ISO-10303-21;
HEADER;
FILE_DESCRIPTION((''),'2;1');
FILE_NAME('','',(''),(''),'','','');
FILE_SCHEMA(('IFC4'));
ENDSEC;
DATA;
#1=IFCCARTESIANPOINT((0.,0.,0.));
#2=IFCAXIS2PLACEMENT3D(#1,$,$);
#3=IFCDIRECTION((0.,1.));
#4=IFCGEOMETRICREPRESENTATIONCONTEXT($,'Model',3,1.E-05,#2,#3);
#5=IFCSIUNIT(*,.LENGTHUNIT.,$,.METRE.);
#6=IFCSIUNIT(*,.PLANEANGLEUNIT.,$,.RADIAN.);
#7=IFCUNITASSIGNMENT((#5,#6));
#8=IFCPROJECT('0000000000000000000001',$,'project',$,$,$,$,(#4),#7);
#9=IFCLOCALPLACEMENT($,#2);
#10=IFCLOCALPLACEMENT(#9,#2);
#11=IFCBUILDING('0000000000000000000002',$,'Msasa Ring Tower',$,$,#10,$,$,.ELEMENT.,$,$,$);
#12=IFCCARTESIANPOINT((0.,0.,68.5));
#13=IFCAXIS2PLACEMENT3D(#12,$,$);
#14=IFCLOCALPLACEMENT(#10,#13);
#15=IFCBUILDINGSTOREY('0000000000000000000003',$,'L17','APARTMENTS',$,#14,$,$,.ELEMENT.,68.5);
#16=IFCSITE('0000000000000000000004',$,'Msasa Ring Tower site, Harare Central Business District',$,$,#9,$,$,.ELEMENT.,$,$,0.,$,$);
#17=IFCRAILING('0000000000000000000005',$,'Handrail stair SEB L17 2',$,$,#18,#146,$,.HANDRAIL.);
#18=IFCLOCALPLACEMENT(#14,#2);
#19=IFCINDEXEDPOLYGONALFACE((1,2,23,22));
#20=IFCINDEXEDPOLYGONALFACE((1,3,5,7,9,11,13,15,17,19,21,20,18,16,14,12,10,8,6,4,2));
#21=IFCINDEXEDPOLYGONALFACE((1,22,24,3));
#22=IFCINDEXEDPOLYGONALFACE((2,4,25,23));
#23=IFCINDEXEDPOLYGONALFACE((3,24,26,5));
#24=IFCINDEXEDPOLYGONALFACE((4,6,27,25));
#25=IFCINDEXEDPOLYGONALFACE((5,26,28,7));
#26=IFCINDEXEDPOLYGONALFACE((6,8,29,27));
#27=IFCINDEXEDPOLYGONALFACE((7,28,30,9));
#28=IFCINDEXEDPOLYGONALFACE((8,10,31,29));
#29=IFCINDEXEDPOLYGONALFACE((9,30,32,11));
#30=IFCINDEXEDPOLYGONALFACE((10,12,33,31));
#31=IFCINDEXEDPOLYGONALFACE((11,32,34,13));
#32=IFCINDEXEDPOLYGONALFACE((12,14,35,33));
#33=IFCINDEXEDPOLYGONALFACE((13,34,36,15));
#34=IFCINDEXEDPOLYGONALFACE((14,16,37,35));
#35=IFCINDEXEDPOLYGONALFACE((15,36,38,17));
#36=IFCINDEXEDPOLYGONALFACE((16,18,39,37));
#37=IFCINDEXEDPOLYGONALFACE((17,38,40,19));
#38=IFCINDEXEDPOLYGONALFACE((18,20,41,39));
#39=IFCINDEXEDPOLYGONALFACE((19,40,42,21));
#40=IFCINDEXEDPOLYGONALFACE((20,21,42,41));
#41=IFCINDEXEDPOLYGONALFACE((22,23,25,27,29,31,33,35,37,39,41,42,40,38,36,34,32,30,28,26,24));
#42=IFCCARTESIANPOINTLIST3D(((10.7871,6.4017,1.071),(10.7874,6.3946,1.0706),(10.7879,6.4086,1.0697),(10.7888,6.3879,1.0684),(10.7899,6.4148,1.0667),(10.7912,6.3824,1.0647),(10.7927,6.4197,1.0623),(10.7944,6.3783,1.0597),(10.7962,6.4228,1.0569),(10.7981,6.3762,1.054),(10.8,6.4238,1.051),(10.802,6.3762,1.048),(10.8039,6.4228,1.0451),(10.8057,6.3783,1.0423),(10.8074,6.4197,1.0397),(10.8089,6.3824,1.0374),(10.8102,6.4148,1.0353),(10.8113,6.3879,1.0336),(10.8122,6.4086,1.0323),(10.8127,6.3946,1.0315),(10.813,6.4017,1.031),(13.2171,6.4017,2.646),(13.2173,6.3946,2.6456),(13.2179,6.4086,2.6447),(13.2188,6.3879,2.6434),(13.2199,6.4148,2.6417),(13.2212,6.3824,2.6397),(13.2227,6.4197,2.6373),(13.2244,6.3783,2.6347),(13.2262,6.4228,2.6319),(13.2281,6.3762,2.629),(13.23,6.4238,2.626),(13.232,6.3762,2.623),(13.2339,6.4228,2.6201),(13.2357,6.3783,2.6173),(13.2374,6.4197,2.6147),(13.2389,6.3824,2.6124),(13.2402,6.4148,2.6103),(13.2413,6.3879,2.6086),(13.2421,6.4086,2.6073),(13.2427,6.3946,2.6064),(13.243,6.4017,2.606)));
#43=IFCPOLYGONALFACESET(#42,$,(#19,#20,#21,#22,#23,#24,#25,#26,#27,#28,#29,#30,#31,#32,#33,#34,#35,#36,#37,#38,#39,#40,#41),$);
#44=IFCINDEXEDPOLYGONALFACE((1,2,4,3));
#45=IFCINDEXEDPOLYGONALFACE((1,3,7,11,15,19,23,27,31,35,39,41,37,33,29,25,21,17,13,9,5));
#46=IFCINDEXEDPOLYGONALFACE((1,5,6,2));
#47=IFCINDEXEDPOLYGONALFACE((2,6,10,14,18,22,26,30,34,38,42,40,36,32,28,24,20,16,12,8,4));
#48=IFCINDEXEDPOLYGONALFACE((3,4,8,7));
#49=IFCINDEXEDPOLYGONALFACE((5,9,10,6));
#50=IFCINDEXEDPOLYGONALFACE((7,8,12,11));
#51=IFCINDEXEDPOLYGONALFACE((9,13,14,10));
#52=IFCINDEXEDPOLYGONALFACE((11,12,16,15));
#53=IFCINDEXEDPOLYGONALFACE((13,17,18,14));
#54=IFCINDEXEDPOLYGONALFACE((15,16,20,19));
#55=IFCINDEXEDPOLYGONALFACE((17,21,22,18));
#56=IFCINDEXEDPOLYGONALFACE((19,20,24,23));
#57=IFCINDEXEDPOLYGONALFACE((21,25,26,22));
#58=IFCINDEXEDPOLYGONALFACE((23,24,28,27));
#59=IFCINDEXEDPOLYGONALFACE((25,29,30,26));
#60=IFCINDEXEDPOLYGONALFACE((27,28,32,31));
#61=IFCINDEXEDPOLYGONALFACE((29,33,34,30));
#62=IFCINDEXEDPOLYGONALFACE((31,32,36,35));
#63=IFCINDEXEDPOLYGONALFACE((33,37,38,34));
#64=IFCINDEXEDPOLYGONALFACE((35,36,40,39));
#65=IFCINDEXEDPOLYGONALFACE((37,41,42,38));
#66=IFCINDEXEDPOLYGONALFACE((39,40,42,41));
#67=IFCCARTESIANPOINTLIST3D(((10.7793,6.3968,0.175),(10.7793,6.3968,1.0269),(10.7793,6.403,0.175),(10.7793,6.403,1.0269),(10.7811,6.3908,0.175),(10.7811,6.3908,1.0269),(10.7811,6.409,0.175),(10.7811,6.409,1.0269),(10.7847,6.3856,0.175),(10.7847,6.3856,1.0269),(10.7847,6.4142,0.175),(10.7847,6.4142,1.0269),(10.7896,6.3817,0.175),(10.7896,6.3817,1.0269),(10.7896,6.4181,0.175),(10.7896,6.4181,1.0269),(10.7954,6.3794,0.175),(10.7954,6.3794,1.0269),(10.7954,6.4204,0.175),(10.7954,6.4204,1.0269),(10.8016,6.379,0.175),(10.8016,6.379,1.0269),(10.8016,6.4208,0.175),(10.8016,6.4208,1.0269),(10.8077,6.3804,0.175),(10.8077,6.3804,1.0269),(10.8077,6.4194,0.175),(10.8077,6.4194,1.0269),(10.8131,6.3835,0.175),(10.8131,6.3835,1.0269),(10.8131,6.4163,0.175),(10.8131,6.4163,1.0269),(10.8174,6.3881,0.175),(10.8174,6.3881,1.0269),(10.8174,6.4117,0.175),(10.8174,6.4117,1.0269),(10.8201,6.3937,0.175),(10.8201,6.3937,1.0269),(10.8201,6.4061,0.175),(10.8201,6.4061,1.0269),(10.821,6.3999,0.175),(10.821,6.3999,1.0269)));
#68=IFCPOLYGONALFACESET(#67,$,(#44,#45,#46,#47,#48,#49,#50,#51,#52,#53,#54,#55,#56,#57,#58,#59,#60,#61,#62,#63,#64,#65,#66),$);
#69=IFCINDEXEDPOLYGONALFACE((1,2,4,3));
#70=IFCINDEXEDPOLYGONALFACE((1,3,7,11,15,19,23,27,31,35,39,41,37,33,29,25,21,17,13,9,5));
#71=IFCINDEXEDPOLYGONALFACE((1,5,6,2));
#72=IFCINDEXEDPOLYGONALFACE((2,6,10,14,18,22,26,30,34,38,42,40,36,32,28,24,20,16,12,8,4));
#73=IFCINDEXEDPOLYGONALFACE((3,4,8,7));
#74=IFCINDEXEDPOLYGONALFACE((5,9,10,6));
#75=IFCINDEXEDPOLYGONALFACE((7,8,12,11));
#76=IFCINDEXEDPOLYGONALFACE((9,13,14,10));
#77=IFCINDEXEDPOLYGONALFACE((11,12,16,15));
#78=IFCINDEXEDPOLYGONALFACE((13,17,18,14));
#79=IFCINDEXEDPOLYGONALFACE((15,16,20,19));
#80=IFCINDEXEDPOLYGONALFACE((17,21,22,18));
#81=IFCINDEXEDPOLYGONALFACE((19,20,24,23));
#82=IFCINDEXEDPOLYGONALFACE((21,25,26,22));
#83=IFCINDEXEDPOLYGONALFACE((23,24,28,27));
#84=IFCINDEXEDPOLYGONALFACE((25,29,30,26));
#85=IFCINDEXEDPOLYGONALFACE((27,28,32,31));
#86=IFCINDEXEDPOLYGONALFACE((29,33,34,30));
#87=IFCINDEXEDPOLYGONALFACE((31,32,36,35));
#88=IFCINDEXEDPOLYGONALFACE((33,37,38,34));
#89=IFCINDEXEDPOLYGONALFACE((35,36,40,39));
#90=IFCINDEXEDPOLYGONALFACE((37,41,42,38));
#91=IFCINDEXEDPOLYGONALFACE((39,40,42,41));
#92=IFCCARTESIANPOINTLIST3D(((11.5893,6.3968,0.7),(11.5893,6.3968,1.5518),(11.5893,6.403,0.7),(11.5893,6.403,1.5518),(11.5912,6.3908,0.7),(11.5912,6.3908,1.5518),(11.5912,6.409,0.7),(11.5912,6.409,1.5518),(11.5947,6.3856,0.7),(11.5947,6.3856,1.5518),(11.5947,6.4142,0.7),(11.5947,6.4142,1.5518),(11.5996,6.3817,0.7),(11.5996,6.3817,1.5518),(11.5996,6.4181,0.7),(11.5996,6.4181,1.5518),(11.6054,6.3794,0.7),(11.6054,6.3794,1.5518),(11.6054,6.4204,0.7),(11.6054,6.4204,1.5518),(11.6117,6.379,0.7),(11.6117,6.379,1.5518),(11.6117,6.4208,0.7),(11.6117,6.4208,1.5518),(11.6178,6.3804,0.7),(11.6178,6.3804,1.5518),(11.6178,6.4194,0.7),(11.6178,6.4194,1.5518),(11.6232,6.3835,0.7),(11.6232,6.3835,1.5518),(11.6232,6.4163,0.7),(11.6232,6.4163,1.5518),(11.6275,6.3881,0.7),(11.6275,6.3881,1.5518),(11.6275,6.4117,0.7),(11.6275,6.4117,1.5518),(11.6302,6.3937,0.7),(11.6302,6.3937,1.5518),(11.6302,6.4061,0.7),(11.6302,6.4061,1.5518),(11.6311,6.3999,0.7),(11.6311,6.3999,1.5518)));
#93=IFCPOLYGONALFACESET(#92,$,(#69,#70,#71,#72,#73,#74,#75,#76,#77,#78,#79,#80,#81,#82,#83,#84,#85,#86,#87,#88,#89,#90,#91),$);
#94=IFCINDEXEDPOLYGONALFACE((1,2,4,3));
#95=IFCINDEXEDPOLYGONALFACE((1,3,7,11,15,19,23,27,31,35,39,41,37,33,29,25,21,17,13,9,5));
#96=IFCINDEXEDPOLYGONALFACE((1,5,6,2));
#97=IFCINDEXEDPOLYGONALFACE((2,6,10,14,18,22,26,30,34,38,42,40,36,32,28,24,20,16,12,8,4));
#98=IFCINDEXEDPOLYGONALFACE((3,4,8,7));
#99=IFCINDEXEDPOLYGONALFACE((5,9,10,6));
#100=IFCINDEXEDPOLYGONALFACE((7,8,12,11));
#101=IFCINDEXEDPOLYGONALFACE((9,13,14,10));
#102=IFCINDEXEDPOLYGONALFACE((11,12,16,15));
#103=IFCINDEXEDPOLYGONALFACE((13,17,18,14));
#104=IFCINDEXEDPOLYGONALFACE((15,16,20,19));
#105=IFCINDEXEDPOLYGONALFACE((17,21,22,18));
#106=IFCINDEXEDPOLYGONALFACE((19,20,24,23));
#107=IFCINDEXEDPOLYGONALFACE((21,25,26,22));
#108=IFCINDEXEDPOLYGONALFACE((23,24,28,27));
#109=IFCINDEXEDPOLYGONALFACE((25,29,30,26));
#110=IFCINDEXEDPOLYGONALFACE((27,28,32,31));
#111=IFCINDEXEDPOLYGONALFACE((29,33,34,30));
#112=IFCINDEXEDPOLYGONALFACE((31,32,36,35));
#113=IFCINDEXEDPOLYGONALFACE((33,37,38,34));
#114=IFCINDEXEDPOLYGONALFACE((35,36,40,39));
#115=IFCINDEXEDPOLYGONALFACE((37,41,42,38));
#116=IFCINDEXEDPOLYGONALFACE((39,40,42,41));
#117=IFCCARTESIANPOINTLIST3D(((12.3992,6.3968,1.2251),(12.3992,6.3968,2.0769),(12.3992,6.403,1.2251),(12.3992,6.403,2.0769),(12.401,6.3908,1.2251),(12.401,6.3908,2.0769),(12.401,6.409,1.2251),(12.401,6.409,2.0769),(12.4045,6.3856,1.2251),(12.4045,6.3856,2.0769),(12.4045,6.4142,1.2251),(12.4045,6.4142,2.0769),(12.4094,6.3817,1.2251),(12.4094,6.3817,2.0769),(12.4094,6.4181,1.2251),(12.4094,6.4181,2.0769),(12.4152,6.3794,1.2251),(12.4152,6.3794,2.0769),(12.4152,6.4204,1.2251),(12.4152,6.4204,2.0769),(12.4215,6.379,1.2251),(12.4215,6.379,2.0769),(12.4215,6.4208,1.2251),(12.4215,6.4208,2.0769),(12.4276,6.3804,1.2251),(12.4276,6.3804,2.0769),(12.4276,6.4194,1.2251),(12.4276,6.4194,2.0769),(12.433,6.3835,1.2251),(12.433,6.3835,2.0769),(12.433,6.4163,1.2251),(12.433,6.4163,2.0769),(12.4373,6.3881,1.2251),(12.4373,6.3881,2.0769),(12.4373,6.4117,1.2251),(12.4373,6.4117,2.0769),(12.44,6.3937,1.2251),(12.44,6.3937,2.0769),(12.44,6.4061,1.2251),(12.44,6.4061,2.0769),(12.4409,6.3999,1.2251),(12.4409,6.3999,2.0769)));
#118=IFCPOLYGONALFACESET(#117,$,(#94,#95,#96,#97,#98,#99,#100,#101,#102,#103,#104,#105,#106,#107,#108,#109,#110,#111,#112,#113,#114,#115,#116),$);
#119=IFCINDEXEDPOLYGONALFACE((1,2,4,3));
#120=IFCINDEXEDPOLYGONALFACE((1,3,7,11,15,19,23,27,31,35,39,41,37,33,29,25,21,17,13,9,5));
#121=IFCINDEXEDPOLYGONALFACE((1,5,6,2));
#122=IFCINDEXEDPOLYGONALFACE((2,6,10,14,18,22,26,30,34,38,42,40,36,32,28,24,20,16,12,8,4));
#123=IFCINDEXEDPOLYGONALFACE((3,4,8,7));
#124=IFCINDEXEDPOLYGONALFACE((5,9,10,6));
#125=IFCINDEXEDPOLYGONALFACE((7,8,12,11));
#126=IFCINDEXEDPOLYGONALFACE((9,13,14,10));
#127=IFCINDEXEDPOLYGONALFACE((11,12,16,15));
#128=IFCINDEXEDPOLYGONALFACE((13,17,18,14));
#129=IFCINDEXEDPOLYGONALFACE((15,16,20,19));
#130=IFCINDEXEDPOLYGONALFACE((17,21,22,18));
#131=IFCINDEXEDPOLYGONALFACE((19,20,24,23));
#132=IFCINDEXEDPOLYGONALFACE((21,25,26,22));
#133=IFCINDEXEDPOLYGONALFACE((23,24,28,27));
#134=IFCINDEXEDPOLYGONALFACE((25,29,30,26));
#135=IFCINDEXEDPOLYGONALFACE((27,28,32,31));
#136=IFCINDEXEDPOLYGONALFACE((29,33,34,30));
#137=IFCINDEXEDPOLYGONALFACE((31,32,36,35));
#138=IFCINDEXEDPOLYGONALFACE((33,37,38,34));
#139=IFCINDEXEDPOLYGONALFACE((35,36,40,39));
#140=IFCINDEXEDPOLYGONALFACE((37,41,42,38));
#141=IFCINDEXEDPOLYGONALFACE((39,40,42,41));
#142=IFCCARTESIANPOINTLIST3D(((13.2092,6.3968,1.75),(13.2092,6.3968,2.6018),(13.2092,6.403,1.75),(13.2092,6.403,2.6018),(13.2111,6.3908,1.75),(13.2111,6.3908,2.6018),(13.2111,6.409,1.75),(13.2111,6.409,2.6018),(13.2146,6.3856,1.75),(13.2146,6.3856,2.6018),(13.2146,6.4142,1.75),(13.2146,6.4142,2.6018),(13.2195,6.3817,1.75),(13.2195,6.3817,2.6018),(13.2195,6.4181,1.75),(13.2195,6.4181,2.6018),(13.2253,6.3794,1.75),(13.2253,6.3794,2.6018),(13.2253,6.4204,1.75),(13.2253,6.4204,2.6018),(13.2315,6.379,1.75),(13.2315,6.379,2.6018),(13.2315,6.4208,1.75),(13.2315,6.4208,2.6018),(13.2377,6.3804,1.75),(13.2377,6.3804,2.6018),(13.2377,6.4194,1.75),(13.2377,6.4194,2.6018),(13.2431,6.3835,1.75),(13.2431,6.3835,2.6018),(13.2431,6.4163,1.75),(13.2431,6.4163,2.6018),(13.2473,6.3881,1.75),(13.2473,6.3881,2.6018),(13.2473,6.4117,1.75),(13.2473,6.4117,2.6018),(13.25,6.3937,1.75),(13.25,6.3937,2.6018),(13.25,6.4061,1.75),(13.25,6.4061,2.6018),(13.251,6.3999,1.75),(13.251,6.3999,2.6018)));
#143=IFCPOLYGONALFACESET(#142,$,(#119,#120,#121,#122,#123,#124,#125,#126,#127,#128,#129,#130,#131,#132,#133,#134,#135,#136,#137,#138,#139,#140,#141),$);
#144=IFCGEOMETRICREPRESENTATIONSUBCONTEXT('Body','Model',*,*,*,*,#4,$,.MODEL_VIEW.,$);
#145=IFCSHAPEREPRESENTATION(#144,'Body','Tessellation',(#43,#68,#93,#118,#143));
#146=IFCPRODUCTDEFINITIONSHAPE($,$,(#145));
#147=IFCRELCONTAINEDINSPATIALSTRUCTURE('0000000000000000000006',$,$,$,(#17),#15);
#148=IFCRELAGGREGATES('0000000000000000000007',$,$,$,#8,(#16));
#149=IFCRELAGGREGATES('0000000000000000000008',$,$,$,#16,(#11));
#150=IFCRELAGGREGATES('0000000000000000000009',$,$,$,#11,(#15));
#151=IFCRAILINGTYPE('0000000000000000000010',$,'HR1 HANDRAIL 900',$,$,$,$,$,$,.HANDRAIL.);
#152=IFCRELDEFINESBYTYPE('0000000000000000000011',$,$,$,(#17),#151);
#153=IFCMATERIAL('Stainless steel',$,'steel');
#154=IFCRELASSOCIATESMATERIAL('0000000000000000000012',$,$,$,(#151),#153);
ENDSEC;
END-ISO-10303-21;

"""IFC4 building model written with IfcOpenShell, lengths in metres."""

from ifc_helpers import new_model, si_unit, direction, frame, origin, origin_2d, place, context, subcontext, project, spatial, circle, extrude, material, type_object, element, save


model = new_model("IFC4")

# Units and contexts
model_context = context("Model", 3, precision=1e-05, world=origin(), true_north=direction((0.0, 1.0)))
body_context = subcontext(model_context, "Body", "Model", "MODEL_VIEW")
ifc_project = project(units=[si_unit("LENGTHUNIT", "METRE"), si_unit("PLANEANGLEUNIT", "RADIAN")], contexts=[model_context])

# Site, building, storey
site_placement = place(None, origin())
site = spatial("IfcSite", under=ifc_project, at=site_placement, Name="Msasa Ring Tower site, Harare Central Business District", CompositionType="ELEMENT", RefElevation=0.0)
building_placement = place(site_placement, origin())
building = spatial("IfcBuilding", under=site, at=building_placement, Name="Msasa Ring Tower", CompositionType="ELEMENT")
storey_placement = place(building_placement, frame((0.0, 0.0, 68.5)))
storey = spatial("IfcBuildingStorey", under=building, at=storey_placement, Name="L17", Description="APARTMENTS", CompositionType="ELEMENT", Elevation=68.5)

# Railing
ifc_material_1 = material(Name="Stainless steel", Category="steel")
railing_type = type_object("IfcRailingType", Name="HR1 HANDRAIL 900", PredefinedType="HANDRAIL", material=ifc_material_1)
for number, where, name in (
    (1, (10.8, 6.3999, 0.175), "Handrail stair SEB L17 2"),
):
    element("IfcRailing", number, at=place(storey_placement, frame(where)), inside=storey, type_object=railing_type, Name=name, PredefinedType="HANDRAIL", context=body_context, shape_type="SweptSolid", body=[
        extrude(circle(Radius=0.0239, at=origin_2d()), frame((0.0, 0.0, 0.876), z_axis=(0.839154, 0.0, 0.543894), x_axis=(0.0, 1.0, 0.0)), (0.0, 0.0, 1.0), 2.8958),
        extrude(circle(Radius=0.021, at=origin_2d()), origin(), (0.0, 0.0, 1.0), 0.8518),
        extrude(circle(Radius=0.021, at=origin_2d()), frame((0.8101, 0.0, 0.5249)), (0.0, 0.0, 1.0), 0.8518),
        extrude(circle(Radius=0.021, at=origin_2d()), frame((1.6199, 0.0, 1.05)), (0.0, 0.0, 1.0), 0.8518),
        extrude(circle(Radius=0.021, at=origin_2d()), frame((2.4299, 0.0, 1.575)), (0.0, 0.0, 1.0), 0.8518),
    ])

save(model, "model.ifc")
